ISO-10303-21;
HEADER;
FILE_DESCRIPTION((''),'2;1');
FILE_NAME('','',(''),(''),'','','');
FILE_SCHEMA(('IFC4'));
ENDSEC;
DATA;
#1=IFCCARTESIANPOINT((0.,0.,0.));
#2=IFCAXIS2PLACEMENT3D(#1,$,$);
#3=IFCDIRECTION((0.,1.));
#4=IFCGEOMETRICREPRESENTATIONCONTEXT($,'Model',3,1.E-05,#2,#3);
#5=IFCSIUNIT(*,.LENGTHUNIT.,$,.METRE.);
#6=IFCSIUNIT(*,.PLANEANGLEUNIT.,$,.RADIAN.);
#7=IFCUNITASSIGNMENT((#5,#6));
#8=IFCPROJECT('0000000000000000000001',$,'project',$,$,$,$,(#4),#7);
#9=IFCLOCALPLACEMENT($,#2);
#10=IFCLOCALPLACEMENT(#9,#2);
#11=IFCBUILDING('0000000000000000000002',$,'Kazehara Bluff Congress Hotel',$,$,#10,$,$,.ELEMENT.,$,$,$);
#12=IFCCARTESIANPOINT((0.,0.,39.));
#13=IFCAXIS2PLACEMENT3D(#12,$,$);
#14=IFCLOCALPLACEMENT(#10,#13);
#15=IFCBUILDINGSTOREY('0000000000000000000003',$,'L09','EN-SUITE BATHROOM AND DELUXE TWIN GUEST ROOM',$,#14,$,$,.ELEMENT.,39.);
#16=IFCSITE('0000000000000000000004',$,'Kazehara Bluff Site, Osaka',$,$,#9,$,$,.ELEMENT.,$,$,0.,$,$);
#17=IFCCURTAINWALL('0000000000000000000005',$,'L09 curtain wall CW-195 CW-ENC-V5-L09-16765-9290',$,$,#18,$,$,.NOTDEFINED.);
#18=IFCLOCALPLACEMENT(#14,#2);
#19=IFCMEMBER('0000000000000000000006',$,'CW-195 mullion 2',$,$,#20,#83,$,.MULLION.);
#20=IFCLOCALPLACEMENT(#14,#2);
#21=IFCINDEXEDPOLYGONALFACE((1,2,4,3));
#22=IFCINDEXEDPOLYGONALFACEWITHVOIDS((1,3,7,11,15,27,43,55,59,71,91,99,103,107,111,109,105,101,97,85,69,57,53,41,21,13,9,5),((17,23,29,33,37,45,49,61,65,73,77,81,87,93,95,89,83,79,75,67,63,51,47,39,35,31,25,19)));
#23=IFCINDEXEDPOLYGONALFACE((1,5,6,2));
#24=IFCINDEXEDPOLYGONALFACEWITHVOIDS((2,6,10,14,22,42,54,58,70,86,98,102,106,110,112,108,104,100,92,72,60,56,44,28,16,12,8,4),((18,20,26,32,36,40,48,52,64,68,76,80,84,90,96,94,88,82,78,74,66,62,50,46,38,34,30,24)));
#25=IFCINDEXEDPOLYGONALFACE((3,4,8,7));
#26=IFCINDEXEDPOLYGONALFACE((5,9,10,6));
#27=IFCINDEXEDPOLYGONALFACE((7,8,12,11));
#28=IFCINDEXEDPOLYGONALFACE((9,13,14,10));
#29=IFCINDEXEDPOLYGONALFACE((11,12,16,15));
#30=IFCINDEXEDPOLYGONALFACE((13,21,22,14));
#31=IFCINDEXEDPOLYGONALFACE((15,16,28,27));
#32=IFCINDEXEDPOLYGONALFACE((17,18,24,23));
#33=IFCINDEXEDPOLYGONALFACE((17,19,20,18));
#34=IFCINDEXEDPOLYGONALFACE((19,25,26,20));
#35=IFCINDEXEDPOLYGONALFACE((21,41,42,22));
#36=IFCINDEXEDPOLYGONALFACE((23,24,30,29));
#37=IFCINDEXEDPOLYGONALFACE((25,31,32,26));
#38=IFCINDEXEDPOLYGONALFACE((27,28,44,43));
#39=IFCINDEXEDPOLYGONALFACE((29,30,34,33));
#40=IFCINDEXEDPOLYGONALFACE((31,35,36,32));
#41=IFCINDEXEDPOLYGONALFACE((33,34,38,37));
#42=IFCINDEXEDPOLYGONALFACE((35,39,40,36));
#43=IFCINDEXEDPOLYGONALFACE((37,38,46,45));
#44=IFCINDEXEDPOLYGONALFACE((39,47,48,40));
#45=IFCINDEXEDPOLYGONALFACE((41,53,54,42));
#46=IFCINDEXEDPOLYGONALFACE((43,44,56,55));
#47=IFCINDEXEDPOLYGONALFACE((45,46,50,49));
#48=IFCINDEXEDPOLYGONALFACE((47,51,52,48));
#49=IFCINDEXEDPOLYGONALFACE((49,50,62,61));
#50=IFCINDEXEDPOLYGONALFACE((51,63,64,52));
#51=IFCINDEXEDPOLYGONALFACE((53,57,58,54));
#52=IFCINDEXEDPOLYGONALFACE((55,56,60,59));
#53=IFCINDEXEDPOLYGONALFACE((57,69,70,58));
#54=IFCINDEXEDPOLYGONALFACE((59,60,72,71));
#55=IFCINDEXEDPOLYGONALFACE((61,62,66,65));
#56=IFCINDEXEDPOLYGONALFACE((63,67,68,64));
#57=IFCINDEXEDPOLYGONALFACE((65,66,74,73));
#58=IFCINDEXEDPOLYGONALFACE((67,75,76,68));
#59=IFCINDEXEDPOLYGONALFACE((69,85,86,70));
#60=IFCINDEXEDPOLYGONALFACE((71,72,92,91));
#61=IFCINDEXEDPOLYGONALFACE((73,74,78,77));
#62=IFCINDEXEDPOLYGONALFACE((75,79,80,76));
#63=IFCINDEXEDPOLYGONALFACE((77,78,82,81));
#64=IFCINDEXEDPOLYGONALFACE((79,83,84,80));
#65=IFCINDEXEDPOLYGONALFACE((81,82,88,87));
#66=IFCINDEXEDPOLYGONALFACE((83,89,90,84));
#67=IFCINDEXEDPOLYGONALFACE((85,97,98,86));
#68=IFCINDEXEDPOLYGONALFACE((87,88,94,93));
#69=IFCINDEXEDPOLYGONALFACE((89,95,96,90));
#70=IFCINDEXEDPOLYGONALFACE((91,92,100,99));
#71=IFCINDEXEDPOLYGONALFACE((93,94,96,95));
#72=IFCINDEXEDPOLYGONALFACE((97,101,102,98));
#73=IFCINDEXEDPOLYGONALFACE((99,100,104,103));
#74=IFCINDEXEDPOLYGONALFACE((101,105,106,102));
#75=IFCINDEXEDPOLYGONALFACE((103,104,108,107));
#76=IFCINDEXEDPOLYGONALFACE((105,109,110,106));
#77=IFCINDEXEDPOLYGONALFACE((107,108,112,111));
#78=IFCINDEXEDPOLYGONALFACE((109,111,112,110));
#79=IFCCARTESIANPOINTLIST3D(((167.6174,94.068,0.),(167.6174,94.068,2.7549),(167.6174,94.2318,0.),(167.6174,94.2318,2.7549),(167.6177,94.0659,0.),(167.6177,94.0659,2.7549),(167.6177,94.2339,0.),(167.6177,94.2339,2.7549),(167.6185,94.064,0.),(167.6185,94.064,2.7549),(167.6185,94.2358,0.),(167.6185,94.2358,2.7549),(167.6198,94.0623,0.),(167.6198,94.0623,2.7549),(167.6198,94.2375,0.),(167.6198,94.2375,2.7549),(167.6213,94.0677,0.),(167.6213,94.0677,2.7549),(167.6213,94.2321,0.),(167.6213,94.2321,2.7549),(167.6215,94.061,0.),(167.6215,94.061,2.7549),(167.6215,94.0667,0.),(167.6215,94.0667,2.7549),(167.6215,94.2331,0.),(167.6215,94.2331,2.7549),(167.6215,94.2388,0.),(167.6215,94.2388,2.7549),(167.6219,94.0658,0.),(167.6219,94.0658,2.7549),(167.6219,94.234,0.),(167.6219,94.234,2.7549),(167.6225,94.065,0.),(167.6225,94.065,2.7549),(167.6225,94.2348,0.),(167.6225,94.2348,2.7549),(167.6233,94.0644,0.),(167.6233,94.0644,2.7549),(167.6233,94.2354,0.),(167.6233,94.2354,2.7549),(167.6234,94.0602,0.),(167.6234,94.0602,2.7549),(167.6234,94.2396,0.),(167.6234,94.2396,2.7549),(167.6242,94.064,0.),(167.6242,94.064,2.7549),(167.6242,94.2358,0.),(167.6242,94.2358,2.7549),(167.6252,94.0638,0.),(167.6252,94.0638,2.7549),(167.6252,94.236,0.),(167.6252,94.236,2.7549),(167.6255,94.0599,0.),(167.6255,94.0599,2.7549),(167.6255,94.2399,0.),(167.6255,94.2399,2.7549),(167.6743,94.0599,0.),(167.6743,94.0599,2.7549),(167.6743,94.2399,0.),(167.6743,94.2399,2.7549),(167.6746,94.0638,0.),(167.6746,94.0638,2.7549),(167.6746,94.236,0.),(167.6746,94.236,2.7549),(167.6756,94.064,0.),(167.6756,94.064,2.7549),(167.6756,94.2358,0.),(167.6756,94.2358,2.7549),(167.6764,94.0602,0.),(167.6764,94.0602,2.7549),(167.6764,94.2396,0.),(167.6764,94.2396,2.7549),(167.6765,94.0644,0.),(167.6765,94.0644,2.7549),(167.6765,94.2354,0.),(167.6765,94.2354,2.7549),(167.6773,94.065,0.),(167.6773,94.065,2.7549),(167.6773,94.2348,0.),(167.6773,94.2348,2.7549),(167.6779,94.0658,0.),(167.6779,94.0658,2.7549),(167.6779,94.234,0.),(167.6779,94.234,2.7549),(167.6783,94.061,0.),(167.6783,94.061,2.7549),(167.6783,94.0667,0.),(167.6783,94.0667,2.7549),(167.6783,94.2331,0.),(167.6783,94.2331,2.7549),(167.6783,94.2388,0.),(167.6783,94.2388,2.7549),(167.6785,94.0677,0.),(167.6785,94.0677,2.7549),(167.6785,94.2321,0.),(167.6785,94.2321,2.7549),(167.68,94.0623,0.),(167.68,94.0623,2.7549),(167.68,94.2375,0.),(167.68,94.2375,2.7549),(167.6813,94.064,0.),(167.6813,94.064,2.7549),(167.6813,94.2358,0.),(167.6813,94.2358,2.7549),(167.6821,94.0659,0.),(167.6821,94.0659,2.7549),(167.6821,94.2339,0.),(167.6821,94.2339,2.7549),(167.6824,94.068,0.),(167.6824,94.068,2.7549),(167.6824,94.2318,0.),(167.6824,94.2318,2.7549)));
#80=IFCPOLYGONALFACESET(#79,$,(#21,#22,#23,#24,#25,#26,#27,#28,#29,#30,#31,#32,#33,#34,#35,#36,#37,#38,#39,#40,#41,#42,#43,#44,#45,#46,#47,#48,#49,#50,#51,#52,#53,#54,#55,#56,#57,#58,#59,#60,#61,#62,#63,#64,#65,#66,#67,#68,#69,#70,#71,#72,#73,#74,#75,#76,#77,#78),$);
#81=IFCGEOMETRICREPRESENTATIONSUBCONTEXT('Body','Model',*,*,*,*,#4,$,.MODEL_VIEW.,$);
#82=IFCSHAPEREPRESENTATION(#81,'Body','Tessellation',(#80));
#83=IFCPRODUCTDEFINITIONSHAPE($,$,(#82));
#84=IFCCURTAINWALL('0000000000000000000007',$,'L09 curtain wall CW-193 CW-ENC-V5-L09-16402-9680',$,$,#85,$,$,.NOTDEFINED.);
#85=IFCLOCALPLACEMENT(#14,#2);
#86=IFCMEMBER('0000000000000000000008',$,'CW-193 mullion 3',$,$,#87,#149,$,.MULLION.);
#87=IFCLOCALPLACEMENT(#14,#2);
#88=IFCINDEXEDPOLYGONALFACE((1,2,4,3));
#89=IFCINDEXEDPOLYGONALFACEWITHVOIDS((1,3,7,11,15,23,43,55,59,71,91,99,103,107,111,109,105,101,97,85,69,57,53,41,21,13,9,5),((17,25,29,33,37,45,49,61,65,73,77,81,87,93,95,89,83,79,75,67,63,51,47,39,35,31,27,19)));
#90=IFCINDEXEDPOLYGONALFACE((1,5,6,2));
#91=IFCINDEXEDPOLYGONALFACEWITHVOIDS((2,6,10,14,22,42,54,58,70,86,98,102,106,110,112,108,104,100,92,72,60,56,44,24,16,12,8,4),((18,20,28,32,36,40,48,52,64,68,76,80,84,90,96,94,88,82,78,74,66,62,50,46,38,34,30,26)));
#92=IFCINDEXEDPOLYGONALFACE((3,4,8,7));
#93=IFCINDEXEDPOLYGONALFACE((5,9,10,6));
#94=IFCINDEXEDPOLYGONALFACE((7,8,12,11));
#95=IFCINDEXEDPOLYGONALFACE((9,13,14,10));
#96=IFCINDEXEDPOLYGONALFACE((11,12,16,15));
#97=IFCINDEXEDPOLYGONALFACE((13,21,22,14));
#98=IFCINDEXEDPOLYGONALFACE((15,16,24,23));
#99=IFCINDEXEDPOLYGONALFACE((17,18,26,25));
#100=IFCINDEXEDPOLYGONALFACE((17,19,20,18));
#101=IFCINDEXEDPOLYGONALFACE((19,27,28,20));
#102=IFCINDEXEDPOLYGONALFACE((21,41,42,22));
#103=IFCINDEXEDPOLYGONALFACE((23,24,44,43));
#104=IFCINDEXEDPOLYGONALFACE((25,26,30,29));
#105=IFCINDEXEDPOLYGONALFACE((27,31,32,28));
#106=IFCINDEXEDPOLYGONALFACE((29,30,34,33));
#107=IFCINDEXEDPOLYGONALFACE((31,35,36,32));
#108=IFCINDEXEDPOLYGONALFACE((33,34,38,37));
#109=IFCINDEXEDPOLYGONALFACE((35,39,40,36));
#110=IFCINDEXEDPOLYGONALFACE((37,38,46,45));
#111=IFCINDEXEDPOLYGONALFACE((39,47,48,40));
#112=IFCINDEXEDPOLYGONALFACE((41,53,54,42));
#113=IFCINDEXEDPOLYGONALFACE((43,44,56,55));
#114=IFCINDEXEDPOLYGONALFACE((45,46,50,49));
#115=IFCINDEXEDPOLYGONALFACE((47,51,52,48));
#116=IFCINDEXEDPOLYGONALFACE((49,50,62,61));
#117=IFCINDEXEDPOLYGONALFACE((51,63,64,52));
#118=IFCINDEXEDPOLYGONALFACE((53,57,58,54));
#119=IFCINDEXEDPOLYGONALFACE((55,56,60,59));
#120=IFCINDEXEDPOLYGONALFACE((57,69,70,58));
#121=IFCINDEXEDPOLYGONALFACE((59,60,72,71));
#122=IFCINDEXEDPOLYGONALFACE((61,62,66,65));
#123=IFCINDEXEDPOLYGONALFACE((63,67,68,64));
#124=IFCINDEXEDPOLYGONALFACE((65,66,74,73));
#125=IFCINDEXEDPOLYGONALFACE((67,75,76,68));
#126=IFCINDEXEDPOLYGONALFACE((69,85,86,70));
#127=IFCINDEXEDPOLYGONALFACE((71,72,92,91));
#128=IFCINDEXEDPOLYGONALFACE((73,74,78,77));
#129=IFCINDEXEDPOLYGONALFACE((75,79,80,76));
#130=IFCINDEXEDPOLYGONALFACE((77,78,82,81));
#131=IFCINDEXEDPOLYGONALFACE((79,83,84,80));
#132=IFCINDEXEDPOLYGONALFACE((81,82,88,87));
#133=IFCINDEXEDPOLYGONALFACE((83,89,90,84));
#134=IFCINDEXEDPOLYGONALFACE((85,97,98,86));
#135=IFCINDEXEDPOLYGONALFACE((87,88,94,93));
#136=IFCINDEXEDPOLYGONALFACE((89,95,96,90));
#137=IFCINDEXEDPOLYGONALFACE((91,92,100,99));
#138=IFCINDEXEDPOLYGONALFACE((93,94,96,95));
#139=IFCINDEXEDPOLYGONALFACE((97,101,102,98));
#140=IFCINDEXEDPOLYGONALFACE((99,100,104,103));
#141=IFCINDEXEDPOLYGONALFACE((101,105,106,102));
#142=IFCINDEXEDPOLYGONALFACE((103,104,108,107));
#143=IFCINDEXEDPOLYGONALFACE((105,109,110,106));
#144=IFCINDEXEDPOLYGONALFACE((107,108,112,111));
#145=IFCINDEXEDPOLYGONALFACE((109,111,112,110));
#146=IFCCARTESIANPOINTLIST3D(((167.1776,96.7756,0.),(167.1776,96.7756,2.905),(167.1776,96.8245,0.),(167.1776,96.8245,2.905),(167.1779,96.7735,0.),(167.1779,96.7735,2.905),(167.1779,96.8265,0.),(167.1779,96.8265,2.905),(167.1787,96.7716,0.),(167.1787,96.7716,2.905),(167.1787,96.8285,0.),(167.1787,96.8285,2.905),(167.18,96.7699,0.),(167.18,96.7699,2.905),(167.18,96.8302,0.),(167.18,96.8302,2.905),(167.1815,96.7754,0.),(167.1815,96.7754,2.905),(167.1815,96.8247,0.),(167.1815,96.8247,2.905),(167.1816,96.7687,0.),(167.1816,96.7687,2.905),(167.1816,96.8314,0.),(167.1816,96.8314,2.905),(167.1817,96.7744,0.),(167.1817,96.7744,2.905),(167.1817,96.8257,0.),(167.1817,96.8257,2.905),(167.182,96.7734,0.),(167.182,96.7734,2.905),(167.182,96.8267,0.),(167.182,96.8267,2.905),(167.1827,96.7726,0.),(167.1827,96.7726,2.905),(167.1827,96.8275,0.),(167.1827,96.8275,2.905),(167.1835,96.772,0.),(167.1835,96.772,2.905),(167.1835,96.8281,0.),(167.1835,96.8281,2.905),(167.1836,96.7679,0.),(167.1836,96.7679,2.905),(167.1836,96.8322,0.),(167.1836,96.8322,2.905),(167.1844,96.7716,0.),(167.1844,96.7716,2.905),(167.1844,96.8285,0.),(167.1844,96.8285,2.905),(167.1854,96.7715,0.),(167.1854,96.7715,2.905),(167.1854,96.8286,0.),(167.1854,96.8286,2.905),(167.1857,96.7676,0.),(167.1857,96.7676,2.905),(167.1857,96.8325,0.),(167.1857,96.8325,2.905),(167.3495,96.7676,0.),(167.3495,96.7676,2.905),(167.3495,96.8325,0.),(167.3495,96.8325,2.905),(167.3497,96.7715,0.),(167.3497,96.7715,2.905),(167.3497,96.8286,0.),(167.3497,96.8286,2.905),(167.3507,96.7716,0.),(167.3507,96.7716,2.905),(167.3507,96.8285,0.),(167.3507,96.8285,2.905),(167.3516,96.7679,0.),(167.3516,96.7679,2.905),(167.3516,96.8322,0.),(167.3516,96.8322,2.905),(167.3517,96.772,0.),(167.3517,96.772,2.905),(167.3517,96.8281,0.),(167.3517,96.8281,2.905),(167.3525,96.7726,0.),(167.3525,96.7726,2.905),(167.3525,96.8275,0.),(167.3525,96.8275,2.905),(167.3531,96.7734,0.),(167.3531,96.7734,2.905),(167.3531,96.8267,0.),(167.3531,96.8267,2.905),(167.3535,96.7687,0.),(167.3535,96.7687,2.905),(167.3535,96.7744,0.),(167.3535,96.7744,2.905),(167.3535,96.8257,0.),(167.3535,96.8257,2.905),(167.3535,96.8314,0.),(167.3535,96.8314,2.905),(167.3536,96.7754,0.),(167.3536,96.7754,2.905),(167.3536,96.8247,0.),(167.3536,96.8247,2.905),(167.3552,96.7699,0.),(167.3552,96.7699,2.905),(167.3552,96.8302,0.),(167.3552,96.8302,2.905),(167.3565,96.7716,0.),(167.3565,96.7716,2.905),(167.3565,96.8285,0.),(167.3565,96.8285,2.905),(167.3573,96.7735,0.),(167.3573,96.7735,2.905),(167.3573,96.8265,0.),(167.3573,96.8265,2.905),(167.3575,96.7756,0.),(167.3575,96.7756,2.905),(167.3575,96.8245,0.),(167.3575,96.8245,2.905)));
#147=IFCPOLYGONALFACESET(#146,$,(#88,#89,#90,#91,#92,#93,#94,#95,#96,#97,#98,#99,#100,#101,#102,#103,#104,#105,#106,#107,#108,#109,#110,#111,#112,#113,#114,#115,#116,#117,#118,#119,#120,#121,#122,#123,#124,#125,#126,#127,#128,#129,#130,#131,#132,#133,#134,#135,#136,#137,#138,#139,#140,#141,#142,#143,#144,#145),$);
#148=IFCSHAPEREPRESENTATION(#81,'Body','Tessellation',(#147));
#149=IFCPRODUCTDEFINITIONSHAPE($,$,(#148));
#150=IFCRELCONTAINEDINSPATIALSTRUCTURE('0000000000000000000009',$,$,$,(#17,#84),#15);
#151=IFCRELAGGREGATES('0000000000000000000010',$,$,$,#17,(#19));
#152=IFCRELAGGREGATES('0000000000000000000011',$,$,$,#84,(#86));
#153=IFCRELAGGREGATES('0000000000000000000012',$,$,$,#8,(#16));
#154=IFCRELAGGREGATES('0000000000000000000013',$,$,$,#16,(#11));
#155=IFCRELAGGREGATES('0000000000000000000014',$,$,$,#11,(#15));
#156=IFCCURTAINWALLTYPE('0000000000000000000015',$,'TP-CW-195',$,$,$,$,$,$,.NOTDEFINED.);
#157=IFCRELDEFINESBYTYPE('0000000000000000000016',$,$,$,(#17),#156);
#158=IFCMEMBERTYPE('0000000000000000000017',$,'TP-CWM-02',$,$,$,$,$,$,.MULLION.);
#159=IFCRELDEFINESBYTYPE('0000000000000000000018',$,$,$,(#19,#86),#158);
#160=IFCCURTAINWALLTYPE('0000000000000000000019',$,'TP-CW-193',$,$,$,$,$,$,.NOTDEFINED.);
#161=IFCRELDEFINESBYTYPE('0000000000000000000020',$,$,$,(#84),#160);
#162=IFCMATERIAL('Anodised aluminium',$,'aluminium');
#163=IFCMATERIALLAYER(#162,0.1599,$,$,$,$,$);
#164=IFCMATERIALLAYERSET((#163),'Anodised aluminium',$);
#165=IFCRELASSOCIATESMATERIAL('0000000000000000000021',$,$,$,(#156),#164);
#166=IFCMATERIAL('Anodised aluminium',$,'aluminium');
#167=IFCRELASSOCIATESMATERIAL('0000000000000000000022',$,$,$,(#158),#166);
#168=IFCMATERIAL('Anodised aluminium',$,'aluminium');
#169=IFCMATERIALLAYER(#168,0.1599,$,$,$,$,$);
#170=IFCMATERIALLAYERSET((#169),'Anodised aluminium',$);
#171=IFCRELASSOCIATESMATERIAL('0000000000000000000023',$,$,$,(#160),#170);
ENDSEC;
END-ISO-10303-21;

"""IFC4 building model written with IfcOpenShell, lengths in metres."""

from ifc_helpers import new_model, si_unit, direction, frame, origin, origin_2d, place, context, subcontext, project, spatial, hollow_rectangle, extrude, material, layer, layer_set, material_profile, profile_set, type_object, element, aggregate, save


model = new_model("IFC4")

# Units and contexts
model_context = context("Model", 3, precision=1e-05, world=origin(), true_north=direction((0.0, 1.0)))
body_context = subcontext(model_context, "Body", "Model", "MODEL_VIEW")
ifc_project = project(units=[si_unit("LENGTHUNIT", "METRE"), si_unit("PLANEANGLEUNIT", "RADIAN")], contexts=[model_context])

# Site, building, storey
site_placement = place(None, origin())
site = spatial("IfcSite", under=ifc_project, at=site_placement, Name="Kazehara Bluff Site, Osaka", CompositionType="ELEMENT", RefElevation=0.0)
building_placement = place(site_placement, origin())
building = spatial("IfcBuilding", under=site, at=building_placement, Name="Kazehara Bluff Congress Hotel", CompositionType="ELEMENT")
storey_placement = place(building_placement, frame((0.0, 0.0, 39.0)))
storey = spatial("IfcBuildingStorey", under=building, at=storey_placement, Name="L09", Description="EN-SUITE BATHROOM AND DELUXE TWIN GUEST ROOM", CompositionType="ELEMENT", Elevation=39.0)

# Curtain wall, member
ifc_material_1 = material(Name="Anodised aluminium", Category="aluminium")
ifc_layer_1 = layer(ifc_material_1, 0.1599)
ifc_layer_set_1 = layer_set([ifc_layer_1], Name="Anodised aluminium")
curtain_wall_type_1 = type_object("IfcCurtainWallType", Name="TP-CW-195", PredefinedType="NOTDEFINED", material=ifc_layer_set_1)
curtain_wall_1_placement = place(storey_placement, origin())
curtain_wall_1 = element("IfcCurtainWall", 1, at=curtain_wall_1_placement, inside=storey, type_object=curtain_wall_type_1, Name="L09 curtain wall CW-195 CW-ENC-V5-L09-16765-9290", PredefinedType="NOTDEFINED")
ifc_material_2 = material(Name="Anodised aluminium", Category="aluminium")
ifc_material_profile_1 = material_profile(ifc_material_2, hollow_rectangle(XDim=0.0649, YDim=0.1799, WallThickness=0.0039, InnerFilletRadius=0.0039, OuterFilletRadius=0.0081, at=origin_2d()))
ifc_profile_set_1 = profile_set([ifc_material_profile_1], Name="Anodised aluminium")
member_type_1 = type_object("IfcMemberType", Name="TP-CWM-02", PredefinedType="MULLION", material=ifc_profile_set_1)
member_1_placement = place(storey_placement, frame((167.6499, 94.1499, 0.0), z_axis=(0.0, 0.0, 1.0), x_axis=(1.0, 0.0, 0.0)))
member_1 = element("IfcMember", 2, at=member_1_placement, type_object=member_type_1, Name="CW-195 mullion 2", PredefinedType="MULLION", context=body_context, shape_type="SweptSolid", body=[
    extrude(hollow_rectangle(XDim=0.0649, YDim=0.1799, WallThickness=0.0039, InnerFilletRadius=0.0039, OuterFilletRadius=0.0081, at=origin_2d()), origin(), (0.0, 0.0, 1.0), 2.7549),
])

# Curtain wall, member
ifc_material_3 = material(Name="Anodised aluminium", Category="aluminium")
ifc_layer_2 = layer(ifc_material_3, 0.1599)
ifc_layer_set_2 = layer_set([ifc_layer_2], Name="Anodised aluminium")
curtain_wall_type_2 = type_object("IfcCurtainWallType", Name="TP-CW-193", PredefinedType="NOTDEFINED", material=ifc_layer_set_2)
curtain_wall_2_placement = place(storey_placement, origin())
curtain_wall_2 = element("IfcCurtainWall", 3, at=curtain_wall_2_placement, inside=storey, type_object=curtain_wall_type_2, Name="L09 curtain wall CW-193 CW-ENC-V5-L09-16402-9680", PredefinedType="NOTDEFINED")
member_2_placement = place(storey_placement, frame((167.2676, 96.8, 0.0), z_axis=(0.0, 0.0, 1.0), x_axis=(0.0, 1.0, 0.0)))
member_2 = element("IfcMember", 4, at=member_2_placement, type_object=member_type_1, Name="CW-193 mullion 3", PredefinedType="MULLION", context=body_context, shape_type="SweptSolid", body=[
    extrude(hollow_rectangle(XDim=0.0649, YDim=0.1799, WallThickness=0.0039, InnerFilletRadius=0.0039, OuterFilletRadius=0.0081, at=origin_2d()), origin(), (0.0, 0.0, 1.0), 2.905),
])

aggregate(curtain_wall_1, [member_1])
aggregate(curtain_wall_2, [member_2])

save(model, "model.ifc")
